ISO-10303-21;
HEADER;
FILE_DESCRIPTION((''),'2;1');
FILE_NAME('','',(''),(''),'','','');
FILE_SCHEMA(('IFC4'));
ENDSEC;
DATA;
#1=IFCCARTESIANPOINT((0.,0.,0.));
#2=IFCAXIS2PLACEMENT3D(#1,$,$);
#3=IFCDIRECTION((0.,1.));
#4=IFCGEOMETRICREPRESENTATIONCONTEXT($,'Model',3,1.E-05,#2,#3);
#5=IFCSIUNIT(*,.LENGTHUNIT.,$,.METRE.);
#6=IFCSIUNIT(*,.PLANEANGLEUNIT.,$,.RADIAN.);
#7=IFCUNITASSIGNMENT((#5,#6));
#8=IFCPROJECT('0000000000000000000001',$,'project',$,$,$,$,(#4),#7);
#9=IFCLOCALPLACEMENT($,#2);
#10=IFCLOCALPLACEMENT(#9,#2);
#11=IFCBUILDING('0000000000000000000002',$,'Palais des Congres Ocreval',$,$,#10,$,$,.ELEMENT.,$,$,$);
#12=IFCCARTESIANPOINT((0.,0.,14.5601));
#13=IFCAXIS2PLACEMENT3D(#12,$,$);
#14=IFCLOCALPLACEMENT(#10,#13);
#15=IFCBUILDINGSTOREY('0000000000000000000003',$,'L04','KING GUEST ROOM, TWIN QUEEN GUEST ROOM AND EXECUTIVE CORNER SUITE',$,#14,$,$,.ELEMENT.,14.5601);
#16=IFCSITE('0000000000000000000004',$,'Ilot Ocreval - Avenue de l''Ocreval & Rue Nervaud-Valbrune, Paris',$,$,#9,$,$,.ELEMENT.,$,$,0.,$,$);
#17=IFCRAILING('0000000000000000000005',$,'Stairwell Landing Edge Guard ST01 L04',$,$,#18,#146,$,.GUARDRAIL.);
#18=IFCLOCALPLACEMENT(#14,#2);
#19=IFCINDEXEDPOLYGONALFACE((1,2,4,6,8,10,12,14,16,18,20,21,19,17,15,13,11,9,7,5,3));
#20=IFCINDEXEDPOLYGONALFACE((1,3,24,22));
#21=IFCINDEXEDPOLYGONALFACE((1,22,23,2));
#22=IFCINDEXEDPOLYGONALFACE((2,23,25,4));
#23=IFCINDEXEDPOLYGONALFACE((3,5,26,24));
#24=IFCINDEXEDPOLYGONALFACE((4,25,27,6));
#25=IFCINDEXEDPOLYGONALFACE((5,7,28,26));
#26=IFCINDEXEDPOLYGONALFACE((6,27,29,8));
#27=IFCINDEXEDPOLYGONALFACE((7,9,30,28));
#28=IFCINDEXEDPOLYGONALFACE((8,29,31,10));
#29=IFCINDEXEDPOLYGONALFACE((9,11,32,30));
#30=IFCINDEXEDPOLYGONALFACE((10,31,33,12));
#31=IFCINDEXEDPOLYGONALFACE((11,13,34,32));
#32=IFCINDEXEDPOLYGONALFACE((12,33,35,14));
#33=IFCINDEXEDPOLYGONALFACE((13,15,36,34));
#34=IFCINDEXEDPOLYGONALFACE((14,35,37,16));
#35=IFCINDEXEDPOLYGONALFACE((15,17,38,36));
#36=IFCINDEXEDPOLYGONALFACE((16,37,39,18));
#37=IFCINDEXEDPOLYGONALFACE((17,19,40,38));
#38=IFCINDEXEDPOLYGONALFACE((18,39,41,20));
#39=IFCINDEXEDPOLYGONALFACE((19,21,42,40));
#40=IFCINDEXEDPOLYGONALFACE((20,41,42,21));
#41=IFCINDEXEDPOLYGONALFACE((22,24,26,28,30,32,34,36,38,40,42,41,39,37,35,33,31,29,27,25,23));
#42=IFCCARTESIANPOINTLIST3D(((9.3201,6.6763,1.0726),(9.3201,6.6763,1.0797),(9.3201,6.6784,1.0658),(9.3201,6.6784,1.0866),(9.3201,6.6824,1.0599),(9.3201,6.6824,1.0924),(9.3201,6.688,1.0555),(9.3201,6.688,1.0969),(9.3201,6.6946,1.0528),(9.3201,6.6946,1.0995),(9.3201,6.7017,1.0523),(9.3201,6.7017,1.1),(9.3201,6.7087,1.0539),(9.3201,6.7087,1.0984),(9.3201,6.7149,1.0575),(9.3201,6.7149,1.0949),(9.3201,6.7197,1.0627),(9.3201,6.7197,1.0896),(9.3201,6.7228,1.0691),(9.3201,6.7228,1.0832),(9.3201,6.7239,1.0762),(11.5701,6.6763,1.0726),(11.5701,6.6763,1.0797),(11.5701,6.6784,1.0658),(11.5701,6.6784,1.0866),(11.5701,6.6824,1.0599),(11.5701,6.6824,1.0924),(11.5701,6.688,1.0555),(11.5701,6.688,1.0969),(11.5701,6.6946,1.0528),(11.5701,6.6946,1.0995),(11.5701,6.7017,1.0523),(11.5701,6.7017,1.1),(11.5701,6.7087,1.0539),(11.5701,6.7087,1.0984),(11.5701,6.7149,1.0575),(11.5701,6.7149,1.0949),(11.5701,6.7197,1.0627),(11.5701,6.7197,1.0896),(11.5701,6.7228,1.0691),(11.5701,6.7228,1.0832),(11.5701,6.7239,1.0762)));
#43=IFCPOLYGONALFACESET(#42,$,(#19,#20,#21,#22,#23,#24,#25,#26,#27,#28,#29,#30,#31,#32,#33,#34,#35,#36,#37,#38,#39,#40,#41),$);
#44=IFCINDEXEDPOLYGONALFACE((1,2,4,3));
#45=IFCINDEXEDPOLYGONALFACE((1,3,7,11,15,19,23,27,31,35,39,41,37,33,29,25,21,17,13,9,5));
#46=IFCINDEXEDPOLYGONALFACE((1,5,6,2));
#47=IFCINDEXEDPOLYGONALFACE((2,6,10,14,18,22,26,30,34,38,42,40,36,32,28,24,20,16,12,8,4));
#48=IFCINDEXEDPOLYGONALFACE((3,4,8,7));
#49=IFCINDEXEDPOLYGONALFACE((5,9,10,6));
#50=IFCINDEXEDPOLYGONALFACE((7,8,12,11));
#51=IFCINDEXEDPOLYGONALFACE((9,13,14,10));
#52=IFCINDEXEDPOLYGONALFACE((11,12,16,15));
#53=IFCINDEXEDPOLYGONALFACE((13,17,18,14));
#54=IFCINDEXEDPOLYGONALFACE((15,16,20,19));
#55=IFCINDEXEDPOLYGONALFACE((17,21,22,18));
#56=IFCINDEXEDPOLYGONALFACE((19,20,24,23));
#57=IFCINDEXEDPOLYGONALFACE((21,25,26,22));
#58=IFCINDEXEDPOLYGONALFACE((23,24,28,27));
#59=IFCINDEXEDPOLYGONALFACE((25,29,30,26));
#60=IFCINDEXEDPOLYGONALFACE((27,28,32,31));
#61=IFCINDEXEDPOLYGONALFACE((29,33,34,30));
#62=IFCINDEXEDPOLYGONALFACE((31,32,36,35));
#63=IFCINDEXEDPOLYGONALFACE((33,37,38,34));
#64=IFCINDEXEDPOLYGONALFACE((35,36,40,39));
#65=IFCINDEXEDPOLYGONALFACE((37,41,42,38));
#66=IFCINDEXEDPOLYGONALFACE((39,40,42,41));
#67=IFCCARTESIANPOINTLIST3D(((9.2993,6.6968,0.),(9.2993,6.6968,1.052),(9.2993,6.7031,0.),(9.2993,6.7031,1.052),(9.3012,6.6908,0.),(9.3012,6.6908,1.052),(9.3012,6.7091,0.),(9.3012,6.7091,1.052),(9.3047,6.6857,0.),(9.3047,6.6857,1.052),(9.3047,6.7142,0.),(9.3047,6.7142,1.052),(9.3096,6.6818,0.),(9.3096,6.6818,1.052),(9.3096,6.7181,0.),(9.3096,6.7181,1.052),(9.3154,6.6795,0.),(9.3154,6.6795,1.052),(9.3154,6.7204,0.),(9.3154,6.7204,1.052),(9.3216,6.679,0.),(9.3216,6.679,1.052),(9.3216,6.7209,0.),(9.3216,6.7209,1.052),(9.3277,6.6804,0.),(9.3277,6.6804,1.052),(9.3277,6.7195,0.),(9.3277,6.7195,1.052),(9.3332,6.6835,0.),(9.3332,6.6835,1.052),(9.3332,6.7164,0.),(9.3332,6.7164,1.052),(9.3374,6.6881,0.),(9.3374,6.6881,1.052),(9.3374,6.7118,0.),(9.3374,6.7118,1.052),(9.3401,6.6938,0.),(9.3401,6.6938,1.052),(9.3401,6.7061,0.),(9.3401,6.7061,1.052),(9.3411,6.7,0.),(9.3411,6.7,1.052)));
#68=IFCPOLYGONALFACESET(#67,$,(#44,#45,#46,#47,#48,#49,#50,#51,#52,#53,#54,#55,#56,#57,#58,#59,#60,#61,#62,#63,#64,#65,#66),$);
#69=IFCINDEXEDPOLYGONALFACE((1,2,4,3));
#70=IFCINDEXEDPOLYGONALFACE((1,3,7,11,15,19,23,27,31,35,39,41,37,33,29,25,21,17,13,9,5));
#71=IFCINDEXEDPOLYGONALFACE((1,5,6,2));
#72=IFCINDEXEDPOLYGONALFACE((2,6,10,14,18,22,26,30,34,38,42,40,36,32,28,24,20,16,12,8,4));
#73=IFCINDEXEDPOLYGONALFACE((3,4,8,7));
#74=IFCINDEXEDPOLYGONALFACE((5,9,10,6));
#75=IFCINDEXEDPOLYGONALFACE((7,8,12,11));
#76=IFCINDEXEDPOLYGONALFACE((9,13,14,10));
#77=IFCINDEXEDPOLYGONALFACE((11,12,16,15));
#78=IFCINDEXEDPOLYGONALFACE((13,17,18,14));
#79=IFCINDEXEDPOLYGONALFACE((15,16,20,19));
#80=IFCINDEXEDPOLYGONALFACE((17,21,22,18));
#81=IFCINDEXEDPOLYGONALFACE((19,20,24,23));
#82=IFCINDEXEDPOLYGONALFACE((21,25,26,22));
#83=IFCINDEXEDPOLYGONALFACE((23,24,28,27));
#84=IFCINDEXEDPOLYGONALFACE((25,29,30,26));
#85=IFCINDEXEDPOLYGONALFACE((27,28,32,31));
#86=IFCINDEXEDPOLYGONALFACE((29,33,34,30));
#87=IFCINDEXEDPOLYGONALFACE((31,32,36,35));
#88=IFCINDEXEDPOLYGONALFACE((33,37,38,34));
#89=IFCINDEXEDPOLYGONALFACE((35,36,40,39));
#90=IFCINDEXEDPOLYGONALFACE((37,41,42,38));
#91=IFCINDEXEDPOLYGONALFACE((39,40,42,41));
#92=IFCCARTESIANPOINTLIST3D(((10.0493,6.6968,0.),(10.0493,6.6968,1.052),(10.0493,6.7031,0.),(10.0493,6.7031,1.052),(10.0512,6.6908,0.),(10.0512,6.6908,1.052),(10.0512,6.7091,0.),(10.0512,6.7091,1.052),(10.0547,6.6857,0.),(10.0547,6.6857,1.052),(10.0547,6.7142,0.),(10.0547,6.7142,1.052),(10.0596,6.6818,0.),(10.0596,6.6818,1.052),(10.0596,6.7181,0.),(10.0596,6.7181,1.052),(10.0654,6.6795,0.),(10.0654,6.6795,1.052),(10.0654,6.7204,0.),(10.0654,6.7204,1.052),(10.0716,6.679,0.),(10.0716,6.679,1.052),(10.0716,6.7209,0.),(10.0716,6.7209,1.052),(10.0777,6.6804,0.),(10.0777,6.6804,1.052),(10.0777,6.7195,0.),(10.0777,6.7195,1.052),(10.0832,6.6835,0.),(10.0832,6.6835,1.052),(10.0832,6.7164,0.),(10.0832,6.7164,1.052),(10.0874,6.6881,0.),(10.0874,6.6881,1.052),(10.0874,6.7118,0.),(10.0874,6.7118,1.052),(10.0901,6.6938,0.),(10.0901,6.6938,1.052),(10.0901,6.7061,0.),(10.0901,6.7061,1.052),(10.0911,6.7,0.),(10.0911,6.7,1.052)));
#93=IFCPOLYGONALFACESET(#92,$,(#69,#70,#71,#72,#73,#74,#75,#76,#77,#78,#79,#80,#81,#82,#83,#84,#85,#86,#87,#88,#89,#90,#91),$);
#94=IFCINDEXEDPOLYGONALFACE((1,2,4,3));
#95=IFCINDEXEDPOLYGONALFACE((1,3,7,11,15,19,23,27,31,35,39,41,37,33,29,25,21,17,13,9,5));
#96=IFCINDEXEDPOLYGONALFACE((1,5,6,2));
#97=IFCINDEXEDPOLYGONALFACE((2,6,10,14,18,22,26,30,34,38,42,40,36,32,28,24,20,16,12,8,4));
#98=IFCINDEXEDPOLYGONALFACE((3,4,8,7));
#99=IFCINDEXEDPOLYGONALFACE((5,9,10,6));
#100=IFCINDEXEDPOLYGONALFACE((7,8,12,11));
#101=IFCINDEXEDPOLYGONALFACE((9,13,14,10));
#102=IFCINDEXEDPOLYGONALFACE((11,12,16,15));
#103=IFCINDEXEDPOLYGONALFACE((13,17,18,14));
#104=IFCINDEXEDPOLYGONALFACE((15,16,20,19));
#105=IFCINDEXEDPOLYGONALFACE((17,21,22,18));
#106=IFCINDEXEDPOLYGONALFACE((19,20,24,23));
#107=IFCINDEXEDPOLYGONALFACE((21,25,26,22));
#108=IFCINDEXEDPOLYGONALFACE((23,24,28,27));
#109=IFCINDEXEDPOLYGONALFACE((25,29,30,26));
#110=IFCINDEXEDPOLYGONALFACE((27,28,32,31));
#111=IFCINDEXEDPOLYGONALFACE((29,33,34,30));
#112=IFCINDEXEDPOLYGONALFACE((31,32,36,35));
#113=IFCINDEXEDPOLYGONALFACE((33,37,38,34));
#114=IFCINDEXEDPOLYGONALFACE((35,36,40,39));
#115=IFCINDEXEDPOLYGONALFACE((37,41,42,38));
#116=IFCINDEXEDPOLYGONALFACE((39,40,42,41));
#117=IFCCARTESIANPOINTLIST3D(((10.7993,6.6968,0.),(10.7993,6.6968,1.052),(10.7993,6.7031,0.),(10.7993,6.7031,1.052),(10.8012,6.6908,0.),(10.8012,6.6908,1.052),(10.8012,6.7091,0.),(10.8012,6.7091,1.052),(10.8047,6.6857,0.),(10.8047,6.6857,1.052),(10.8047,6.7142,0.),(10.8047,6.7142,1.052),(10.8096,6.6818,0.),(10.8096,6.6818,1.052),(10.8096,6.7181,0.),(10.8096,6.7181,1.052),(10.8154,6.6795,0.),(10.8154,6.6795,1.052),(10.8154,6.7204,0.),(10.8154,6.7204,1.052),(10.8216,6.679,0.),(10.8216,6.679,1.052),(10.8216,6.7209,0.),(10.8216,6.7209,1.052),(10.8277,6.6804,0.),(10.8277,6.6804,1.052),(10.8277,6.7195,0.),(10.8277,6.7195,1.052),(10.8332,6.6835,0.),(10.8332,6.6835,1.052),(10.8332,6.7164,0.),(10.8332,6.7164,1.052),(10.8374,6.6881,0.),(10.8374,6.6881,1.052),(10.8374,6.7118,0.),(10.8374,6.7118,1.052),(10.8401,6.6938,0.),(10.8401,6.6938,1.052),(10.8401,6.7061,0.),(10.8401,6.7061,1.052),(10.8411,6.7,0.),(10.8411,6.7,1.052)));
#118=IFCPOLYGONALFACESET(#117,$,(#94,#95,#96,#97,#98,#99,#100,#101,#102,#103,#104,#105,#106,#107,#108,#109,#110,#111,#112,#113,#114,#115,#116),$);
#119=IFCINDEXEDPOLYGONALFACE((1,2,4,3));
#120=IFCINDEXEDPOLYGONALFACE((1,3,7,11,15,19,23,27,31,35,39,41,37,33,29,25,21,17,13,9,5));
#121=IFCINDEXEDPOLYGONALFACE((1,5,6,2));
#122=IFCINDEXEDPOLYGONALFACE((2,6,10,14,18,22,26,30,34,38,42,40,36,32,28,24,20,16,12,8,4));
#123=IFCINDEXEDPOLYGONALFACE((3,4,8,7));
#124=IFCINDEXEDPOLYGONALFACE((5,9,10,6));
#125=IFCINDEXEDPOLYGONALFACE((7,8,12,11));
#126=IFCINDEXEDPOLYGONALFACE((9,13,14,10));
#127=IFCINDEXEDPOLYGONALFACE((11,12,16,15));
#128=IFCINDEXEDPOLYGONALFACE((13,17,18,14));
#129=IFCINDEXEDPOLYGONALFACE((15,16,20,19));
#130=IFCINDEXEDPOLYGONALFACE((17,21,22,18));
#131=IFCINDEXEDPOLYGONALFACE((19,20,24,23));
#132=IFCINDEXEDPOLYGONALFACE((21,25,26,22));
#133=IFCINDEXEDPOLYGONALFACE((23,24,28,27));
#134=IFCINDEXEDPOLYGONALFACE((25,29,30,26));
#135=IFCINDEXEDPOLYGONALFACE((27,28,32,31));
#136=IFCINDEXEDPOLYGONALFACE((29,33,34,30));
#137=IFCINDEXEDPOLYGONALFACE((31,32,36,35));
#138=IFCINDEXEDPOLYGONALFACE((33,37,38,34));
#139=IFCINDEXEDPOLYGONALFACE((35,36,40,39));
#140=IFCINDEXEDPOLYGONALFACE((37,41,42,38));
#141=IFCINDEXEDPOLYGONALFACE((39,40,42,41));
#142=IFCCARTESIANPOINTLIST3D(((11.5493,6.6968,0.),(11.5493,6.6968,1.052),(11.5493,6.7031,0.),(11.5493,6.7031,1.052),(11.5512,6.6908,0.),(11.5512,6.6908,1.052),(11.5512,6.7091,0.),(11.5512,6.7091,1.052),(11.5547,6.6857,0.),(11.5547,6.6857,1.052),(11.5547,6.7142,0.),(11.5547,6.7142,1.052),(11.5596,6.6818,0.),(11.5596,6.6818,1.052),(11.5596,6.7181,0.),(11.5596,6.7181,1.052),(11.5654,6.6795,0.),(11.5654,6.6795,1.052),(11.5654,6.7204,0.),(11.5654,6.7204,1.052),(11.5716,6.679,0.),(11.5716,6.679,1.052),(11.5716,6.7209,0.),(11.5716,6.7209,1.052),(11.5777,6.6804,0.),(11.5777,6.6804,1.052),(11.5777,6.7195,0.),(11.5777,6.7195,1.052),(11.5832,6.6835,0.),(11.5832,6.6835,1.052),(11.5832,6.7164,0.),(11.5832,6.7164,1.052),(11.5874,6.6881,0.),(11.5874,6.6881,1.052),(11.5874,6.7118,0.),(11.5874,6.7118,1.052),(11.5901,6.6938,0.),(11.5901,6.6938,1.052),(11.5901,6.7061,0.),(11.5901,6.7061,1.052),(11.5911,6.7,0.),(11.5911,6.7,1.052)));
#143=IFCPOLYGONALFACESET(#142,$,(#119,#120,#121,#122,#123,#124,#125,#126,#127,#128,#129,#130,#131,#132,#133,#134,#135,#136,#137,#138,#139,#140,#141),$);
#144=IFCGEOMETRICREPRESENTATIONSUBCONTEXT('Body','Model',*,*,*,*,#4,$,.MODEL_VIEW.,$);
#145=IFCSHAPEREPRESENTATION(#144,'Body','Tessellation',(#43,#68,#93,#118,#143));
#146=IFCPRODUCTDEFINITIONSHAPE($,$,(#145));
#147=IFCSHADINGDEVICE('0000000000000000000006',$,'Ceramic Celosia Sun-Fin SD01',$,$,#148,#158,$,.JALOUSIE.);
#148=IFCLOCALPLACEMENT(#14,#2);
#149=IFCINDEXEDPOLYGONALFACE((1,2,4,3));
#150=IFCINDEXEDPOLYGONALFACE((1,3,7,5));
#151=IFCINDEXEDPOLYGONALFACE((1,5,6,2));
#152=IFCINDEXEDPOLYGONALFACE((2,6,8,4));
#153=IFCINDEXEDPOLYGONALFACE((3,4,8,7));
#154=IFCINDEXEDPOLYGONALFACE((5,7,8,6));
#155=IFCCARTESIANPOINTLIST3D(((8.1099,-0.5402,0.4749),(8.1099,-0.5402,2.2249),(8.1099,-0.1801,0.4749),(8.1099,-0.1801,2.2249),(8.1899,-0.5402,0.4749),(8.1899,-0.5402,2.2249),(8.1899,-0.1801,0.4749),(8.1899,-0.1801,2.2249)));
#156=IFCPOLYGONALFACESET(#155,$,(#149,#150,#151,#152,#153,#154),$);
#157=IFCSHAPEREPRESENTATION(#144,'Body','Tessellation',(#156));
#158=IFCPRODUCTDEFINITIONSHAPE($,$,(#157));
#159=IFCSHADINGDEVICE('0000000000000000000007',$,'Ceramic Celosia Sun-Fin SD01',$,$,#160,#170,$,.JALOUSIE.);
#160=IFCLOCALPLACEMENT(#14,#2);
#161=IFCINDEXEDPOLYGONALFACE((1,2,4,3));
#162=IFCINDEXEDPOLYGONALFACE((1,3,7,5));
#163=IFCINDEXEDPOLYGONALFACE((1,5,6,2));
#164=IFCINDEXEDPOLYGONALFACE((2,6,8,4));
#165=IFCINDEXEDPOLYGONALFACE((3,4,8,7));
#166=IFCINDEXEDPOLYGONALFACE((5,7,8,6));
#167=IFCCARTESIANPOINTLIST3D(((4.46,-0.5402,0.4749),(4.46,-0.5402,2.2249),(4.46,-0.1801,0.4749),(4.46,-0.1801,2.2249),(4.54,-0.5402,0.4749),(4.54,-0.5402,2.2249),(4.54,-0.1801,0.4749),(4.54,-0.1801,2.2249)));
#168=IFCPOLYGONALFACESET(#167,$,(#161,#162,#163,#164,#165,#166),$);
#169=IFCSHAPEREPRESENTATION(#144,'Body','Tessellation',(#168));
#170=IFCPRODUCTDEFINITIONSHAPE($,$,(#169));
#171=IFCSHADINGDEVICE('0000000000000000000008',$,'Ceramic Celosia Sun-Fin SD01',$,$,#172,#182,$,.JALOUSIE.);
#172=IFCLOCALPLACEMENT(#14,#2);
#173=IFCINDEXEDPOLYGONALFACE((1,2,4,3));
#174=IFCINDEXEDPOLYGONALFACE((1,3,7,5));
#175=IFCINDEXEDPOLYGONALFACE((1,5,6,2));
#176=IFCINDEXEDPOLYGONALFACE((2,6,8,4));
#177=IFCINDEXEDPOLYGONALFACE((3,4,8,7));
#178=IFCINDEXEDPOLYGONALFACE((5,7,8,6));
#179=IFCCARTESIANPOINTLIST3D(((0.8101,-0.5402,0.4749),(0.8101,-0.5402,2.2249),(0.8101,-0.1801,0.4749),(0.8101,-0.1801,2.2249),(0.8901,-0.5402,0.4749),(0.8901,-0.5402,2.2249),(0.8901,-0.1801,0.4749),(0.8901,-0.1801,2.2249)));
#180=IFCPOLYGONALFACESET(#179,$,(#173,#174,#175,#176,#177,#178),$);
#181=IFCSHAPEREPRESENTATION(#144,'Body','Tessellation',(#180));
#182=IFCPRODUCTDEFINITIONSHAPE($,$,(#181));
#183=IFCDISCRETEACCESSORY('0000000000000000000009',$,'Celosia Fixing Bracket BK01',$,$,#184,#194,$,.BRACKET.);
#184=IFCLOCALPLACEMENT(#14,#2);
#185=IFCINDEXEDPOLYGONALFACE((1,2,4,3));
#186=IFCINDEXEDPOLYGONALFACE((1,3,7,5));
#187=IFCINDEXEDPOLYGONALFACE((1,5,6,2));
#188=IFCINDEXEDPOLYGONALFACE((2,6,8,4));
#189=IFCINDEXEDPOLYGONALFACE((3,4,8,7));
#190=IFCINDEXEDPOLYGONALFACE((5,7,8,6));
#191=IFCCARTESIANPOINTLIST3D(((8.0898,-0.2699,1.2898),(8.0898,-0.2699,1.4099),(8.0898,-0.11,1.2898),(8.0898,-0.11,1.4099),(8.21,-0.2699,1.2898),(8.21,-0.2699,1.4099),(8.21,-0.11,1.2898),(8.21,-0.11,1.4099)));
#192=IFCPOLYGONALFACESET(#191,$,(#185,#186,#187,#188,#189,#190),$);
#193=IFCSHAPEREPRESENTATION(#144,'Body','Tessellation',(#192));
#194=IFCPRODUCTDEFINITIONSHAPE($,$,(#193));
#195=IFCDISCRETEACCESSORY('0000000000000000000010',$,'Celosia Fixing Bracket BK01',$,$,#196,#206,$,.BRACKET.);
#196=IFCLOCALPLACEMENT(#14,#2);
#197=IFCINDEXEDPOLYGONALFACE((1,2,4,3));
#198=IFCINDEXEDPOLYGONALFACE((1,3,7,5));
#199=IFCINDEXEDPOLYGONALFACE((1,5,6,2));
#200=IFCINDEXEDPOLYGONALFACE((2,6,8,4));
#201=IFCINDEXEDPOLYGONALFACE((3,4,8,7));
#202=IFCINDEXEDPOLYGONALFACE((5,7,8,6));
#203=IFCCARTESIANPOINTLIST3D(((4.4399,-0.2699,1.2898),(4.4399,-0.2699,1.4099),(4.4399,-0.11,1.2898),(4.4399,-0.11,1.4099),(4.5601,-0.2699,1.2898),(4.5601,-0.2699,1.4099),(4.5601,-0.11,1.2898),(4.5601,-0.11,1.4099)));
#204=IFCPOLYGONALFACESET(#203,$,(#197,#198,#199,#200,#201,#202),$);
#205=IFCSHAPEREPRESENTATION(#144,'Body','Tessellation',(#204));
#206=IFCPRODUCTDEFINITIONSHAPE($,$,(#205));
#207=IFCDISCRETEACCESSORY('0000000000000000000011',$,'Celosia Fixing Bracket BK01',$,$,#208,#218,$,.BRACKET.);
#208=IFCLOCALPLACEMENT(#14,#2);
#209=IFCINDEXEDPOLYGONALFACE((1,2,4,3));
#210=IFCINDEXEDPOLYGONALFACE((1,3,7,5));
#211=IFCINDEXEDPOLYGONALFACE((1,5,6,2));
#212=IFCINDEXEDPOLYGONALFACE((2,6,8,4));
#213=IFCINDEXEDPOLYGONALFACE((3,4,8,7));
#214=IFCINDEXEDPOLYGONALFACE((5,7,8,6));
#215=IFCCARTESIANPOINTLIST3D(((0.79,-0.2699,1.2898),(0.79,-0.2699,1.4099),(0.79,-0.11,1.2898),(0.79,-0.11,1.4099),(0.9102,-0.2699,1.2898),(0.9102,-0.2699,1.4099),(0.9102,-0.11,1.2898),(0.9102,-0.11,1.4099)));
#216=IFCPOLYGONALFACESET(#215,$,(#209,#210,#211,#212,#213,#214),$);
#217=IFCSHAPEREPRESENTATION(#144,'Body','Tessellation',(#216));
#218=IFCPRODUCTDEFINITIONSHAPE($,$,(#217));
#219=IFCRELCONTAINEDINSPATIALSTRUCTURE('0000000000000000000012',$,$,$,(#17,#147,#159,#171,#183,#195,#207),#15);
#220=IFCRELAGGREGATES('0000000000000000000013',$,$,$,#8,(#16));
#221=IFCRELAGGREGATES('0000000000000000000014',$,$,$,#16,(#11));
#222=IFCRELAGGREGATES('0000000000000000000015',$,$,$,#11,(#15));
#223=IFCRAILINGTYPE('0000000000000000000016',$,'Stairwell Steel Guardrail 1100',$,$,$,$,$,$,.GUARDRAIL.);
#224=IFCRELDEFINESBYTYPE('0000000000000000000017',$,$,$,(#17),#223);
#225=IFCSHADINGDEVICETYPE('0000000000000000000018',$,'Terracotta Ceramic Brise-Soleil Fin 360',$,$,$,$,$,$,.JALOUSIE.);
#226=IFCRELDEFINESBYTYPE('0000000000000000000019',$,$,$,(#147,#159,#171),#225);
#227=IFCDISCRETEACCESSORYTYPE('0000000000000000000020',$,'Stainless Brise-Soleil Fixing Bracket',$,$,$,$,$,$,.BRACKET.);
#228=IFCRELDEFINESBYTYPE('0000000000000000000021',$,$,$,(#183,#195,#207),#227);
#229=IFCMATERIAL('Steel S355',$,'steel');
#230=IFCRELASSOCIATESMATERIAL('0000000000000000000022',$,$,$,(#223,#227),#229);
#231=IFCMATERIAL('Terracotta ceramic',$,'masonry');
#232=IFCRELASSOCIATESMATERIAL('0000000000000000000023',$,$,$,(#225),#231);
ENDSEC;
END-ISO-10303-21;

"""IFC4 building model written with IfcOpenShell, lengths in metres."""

from ifc_helpers import new_model, si_unit, direction, frame, origin, origin_2d, place, context, subcontext, project, spatial, rectangle, circle, extrude, material, type_object, element, save


model = new_model("IFC4")

# Units and contexts
model_context = context("Model", 3, precision=1e-05, world=origin(), true_north=direction((0.0, 1.0)))
body_context = subcontext(model_context, "Body", "Model", "MODEL_VIEW")
ifc_project = project(units=[si_unit("LENGTHUNIT", "METRE"), si_unit("PLANEANGLEUNIT", "RADIAN")], contexts=[model_context])

# Site, building, storey
site_placement = place(None, origin())
site = spatial("IfcSite", under=ifc_project, at=site_placement, Name="Ilot Ocreval - Avenue de l'Ocreval & Rue Nervaud-Valbrune, Paris", CompositionType="ELEMENT", RefElevation=0.0)
building_placement = place(site_placement, origin())
building = spatial("IfcBuilding", under=site, at=building_placement, Name="Palais des Congres Ocreval", CompositionType="ELEMENT")
storey_placement = place(building_placement, frame((0.0, 0.0, 14.5601)))
storey = spatial("IfcBuildingStorey", under=building, at=storey_placement, Name="L04", Description="KING GUEST ROOM, TWIN QUEEN GUEST ROOM AND EXECUTIVE CORNER SUITE", CompositionType="ELEMENT", Elevation=14.5601)

# Shared definitions
ifc_material_1 = material(Name="Steel S355", Category="steel")

# Railing
railing_type_1 = type_object("IfcRailingType", Name="Stairwell Steel Guardrail 1100", PredefinedType="GUARDRAIL", material=ifc_material_1)
railing_1_placement = place(storey_placement, frame((9.3201, 6.7, 0.0)))
element("IfcRailing", 1, at=railing_1_placement, inside=storey, type_object=railing_type_1, Name="Stairwell Landing Edge Guard ST01 L04", PredefinedType="GUARDRAIL", context=body_context, shape_type="SweptSolid", body=[
    extrude(circle(Radius=0.0239, at=origin_2d()), frame((0.0, 0.0, 1.0762), z_axis=(1.0, 0.0, 0.0), x_axis=(0.0, 1.0, 0.0)), (0.0, 0.0, 1.0), 2.25),
    extrude(circle(Radius=0.021, at=origin_2d()), origin(), (0.0, 0.0, 1.0), 1.052),
    extrude(circle(Radius=0.021, at=origin_2d()), frame((0.75, 0.0, 0.0)), (0.0, 0.0, 1.0), 1.052),
    extrude(circle(Radius=0.021, at=origin_2d()), frame((1.5, 0.0, 0.0)), (0.0, 0.0, 1.0), 1.052),
    extrude(circle(Radius=0.021, at=origin_2d()), frame((2.25, 0.0, 0.0)), (0.0, 0.0, 1.0), 1.052),
])

# Shading devices
ifc_material_2 = material(Name="Terracotta ceramic", Category="masonry")
shading_device_type = type_object("IfcShadingDeviceType", Name="Terracotta Ceramic Brise-Soleil Fin 360", PredefinedType="JALOUSIE", material=ifc_material_2)
for number, where, z_axis, x_axis, name in (
    (2, (8.1499, -0.3601, 0.4749), (0.0, 0.0, 1.0), (0.0, -1.0, 0.0), "Ceramic Celosia Sun-Fin SD01"),
    (3, (4.5, -0.3601, 0.4749), (0.0, 0.0, 1.0), (0.0, -1.0, 0.0), "Ceramic Celosia Sun-Fin SD01"),
    (4, (0.8501, -0.3601, 0.4749), (0.0, 0.0, 1.0), (0.0, -1.0, 0.0), "Ceramic Celosia Sun-Fin SD01"),
):
    element("IfcShadingDevice", number, at=place(storey_placement, frame(where, z_axis=z_axis, x_axis=x_axis)), inside=storey, type_object=shading_device_type, Name=name, PredefinedType="JALOUSIE", context=body_context, shape_type="SweptSolid", body=[
        extrude(rectangle(XDim=0.3601, YDim=0.0801, at=origin_2d()), origin(), (0.0, 0.0, 1.0), 1.75),
    ])

# Discrete accessories
discrete_accessory_type = type_object("IfcDiscreteAccessoryType", Name="Stainless Brise-Soleil Fixing Bracket", PredefinedType="BRACKET", material=ifc_material_1)
for number, where, z_axis, x_axis, name in (
    (5, (8.1499, -0.1899, 1.2898), (0.0, 0.0, 1.0), (0.0, -1.0, 0.0), "Celosia Fixing Bracket BK01"),
    (6, (4.5, -0.1899, 1.2898), (0.0, 0.0, 1.0), (0.0, -1.0, 0.0), "Celosia Fixing Bracket BK01"),
    (7, (0.8501, -0.1899, 1.2898), (0.0, 0.0, 1.0), (0.0, -1.0, 0.0), "Celosia Fixing Bracket BK01"),
):
    element("IfcDiscreteAccessory", number, at=place(storey_placement, frame(where, z_axis=z_axis, x_axis=x_axis)), inside=storey, type_object=discrete_accessory_type, Name=name, PredefinedType="BRACKET", context=body_context, shape_type="SweptSolid", body=[
        extrude(rectangle(XDim=0.1599, YDim=0.1201, at=origin_2d()), origin(), (0.0, 0.0, 1.0), 0.1201),
    ])

save(model, "model.ifc")
